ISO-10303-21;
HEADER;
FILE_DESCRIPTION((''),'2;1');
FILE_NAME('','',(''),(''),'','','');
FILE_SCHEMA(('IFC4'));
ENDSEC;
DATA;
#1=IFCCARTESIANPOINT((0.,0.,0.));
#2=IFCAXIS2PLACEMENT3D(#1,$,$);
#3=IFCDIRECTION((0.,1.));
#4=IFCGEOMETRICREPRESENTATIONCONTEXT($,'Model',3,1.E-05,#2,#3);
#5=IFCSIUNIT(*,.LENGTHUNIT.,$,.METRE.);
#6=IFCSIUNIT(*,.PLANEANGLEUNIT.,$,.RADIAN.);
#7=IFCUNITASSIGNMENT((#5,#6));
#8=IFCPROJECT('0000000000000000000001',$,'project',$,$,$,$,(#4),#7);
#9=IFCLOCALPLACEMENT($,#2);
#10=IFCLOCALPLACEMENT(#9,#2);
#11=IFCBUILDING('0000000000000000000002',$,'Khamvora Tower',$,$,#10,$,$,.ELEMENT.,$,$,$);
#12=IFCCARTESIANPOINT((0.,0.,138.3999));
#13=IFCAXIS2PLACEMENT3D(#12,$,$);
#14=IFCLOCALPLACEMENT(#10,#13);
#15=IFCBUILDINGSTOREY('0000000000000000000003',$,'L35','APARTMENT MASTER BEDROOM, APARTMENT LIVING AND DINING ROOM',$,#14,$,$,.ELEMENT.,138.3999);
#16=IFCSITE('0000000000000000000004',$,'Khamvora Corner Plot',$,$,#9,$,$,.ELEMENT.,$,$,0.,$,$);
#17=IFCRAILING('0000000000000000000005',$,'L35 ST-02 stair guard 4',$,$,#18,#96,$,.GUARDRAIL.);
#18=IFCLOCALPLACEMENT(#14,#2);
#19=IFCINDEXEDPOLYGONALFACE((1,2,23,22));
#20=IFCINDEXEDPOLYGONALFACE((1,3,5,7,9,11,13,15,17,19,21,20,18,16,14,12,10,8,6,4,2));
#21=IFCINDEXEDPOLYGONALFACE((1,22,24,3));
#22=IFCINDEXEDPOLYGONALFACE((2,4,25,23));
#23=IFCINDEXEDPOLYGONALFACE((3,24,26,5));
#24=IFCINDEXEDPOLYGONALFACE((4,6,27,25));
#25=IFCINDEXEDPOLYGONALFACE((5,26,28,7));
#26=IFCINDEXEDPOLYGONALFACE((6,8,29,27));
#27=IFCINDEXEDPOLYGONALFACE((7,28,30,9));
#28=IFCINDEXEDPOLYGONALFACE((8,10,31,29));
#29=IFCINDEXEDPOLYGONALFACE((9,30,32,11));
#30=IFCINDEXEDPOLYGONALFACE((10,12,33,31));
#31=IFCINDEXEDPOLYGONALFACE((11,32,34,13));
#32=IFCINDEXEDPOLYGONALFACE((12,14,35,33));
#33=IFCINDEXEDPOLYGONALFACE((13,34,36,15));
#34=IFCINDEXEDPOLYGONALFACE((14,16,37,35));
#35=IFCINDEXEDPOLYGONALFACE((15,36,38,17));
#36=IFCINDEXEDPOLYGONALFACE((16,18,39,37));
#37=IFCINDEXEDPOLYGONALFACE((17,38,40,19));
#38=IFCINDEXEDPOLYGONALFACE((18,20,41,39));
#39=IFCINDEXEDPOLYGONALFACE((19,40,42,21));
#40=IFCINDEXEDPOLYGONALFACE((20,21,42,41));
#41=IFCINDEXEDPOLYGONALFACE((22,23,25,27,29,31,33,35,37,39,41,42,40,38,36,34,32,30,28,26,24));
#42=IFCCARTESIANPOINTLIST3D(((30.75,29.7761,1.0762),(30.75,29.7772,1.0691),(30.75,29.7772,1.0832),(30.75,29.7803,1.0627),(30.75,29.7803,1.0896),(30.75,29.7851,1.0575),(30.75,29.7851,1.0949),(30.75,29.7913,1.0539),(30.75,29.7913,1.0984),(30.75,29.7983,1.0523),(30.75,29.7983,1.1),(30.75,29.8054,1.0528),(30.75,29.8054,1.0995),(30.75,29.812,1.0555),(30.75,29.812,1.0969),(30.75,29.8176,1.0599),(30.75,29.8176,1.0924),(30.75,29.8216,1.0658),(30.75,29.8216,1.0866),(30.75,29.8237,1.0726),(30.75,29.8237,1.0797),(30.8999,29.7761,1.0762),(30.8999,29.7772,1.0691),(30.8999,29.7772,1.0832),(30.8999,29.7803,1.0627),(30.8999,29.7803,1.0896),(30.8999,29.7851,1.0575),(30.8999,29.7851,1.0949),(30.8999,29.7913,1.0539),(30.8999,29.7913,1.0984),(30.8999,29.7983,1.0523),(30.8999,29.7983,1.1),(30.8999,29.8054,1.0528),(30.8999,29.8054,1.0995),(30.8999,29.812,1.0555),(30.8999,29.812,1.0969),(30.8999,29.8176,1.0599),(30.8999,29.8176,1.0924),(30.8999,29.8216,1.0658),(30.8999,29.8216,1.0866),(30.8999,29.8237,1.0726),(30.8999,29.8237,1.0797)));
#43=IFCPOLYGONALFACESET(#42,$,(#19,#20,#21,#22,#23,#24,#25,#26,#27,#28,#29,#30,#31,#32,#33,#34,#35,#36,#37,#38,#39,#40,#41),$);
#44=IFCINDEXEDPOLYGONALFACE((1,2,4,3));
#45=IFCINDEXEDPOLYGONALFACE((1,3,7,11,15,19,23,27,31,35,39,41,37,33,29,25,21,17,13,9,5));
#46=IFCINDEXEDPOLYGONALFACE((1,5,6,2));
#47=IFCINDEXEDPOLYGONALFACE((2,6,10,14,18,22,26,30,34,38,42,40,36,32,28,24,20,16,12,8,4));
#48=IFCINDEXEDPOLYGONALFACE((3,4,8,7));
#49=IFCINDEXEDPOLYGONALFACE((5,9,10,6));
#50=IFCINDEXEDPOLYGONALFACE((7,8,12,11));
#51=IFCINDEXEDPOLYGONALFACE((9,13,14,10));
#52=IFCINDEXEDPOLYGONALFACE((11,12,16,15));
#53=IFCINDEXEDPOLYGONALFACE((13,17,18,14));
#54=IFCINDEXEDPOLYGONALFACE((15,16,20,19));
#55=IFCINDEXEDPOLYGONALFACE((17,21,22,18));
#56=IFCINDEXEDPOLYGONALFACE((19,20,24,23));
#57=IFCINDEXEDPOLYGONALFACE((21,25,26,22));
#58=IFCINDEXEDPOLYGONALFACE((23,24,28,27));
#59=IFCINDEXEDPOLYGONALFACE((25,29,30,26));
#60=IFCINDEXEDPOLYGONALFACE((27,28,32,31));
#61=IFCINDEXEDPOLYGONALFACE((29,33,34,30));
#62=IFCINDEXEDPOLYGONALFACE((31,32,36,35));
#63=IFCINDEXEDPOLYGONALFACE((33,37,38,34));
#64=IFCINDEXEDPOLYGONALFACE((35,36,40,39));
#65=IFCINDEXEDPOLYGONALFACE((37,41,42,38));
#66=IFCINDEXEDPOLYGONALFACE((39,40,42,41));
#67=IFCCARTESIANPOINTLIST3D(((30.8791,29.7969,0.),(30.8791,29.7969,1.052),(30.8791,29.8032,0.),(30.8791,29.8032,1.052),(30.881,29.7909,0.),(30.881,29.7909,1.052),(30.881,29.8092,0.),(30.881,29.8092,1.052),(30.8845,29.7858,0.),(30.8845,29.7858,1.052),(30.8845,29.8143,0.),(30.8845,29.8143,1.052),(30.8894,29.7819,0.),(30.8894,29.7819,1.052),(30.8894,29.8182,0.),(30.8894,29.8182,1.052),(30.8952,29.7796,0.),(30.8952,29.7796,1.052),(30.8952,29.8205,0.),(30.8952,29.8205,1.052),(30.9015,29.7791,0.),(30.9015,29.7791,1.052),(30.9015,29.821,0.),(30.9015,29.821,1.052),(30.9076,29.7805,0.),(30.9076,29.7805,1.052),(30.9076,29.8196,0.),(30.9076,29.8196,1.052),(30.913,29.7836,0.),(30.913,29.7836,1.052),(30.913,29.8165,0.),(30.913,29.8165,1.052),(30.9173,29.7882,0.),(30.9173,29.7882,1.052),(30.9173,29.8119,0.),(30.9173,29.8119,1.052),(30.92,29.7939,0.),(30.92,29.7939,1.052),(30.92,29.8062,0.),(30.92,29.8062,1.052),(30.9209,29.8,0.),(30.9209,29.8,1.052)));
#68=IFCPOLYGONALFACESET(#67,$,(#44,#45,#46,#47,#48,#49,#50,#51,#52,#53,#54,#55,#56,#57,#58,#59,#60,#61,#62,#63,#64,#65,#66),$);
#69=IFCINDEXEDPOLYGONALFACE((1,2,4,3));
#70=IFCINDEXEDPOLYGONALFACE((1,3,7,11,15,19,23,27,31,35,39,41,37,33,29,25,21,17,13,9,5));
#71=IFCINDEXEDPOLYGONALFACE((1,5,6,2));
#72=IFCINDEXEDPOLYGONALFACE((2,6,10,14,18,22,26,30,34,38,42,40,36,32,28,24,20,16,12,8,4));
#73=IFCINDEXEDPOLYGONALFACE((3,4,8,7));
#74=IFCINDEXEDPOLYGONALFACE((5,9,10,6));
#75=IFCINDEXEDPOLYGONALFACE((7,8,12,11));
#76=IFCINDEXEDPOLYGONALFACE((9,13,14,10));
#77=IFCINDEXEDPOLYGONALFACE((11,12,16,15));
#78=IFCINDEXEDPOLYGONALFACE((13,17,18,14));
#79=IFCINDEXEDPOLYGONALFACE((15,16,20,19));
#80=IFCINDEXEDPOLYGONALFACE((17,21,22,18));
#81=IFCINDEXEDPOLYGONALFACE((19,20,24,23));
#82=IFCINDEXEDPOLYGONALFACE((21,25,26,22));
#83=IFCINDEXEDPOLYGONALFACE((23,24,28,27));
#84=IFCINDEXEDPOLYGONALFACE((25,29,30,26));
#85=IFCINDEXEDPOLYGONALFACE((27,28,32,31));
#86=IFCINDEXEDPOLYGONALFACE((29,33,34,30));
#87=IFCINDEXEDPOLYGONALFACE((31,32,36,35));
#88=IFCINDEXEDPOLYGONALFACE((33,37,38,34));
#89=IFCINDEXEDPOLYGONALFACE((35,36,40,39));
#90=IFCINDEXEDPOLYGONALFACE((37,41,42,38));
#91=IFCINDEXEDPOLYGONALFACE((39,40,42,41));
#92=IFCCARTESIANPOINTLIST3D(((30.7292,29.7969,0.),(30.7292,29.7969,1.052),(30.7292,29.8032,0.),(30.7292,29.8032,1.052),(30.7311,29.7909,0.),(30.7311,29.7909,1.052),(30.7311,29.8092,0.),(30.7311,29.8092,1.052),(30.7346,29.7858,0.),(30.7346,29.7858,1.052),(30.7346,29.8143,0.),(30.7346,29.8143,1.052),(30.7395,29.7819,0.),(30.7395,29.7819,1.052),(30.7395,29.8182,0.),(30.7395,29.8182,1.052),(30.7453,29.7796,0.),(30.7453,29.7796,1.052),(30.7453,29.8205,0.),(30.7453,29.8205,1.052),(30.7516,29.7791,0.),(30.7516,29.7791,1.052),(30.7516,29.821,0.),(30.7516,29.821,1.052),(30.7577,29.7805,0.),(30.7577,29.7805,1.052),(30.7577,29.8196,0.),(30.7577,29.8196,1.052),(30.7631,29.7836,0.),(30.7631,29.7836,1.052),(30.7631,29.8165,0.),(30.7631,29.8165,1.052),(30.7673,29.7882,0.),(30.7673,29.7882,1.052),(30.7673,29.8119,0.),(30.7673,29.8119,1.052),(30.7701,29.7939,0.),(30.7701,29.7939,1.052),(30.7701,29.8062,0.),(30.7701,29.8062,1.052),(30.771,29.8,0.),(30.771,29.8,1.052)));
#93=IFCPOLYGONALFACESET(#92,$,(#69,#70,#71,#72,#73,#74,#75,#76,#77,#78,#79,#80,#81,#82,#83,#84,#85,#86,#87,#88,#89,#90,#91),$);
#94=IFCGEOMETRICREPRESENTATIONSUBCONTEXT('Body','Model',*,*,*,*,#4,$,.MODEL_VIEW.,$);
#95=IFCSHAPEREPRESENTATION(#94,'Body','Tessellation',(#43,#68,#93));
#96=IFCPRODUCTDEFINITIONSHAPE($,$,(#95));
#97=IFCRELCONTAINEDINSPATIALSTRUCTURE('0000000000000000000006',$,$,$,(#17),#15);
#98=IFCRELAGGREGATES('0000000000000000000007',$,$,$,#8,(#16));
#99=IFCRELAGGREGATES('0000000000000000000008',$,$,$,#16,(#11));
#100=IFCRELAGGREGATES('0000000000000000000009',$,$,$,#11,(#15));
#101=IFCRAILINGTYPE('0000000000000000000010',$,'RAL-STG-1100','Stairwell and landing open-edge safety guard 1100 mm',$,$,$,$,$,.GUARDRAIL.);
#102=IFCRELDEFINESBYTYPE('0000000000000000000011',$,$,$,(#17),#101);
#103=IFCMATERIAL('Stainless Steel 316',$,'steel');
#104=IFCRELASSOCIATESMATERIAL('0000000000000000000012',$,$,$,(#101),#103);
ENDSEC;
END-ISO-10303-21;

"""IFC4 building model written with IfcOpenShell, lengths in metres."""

from ifc_helpers import new_model, si_unit, direction, frame, origin, origin_2d, place, context, subcontext, project, spatial, circle, extrude, material, type_object, element, save


model = new_model("IFC4")

# Units and contexts
model_context = context("Model", 3, precision=1e-05, world=origin(), true_north=direction((0.0, 1.0)))
body_context = subcontext(model_context, "Body", "Model", "MODEL_VIEW")
ifc_project = project(units=[si_unit("LENGTHUNIT", "METRE"), si_unit("PLANEANGLEUNIT", "RADIAN")], contexts=[model_context])

# Site, building, storey
site_placement = place(None, origin())
site = spatial("IfcSite", under=ifc_project, at=site_placement, Name="Khamvora Corner Plot", CompositionType="ELEMENT", RefElevation=0.0)
building_placement = place(site_placement, origin())
building = spatial("IfcBuilding", under=site, at=building_placement, Name="Khamvora Tower", CompositionType="ELEMENT")
storey_placement = place(building_placement, frame((0.0, 0.0, 138.3999)))
storey = spatial("IfcBuildingStorey", under=building, at=storey_placement, Name="L35", Description="APARTMENT MASTER BEDROOM, APARTMENT LIVING AND DINING ROOM", CompositionType="ELEMENT", Elevation=138.3999)

# Railing
ifc_material_1 = material(Name="Stainless Steel 316", Category="steel")
railing_type_1 = type_object("IfcRailingType", Name="RAL-STG-1100", Description="Stairwell and landing open-edge safety guard 1100 mm", PredefinedType="GUARDRAIL", material=ifc_material_1)
for number, where, name in (
    (1, (30.8999, 29.8, 0.0), "L35 ST-02 stair guard 4"),
):
    element("IfcRailing", number, at=place(storey_placement, frame(where)), inside=storey, type_object=railing_type_1, Name=name, PredefinedType="GUARDRAIL", context=body_context, shape_type="SweptSolid", body=[
        extrude(circle(Radius=0.0239, at=origin_2d()), frame((0.0, 0.0, 1.0762), z_axis=(-1.0, 0.0, 0.0), x_axis=(0.0, -1.0, 0.0)), (0.0, 0.0, 1.0), 0.1499),
        extrude(circle(Radius=0.021, at=origin_2d()), origin(), (0.0, 0.0, 1.0), 1.052),
        extrude(circle(Radius=0.021, at=origin_2d()), frame((-0.1499, 0.0, 0.0)), (0.0, 0.0, 1.0), 1.052),
    ])

save(model, "model.ifc")
